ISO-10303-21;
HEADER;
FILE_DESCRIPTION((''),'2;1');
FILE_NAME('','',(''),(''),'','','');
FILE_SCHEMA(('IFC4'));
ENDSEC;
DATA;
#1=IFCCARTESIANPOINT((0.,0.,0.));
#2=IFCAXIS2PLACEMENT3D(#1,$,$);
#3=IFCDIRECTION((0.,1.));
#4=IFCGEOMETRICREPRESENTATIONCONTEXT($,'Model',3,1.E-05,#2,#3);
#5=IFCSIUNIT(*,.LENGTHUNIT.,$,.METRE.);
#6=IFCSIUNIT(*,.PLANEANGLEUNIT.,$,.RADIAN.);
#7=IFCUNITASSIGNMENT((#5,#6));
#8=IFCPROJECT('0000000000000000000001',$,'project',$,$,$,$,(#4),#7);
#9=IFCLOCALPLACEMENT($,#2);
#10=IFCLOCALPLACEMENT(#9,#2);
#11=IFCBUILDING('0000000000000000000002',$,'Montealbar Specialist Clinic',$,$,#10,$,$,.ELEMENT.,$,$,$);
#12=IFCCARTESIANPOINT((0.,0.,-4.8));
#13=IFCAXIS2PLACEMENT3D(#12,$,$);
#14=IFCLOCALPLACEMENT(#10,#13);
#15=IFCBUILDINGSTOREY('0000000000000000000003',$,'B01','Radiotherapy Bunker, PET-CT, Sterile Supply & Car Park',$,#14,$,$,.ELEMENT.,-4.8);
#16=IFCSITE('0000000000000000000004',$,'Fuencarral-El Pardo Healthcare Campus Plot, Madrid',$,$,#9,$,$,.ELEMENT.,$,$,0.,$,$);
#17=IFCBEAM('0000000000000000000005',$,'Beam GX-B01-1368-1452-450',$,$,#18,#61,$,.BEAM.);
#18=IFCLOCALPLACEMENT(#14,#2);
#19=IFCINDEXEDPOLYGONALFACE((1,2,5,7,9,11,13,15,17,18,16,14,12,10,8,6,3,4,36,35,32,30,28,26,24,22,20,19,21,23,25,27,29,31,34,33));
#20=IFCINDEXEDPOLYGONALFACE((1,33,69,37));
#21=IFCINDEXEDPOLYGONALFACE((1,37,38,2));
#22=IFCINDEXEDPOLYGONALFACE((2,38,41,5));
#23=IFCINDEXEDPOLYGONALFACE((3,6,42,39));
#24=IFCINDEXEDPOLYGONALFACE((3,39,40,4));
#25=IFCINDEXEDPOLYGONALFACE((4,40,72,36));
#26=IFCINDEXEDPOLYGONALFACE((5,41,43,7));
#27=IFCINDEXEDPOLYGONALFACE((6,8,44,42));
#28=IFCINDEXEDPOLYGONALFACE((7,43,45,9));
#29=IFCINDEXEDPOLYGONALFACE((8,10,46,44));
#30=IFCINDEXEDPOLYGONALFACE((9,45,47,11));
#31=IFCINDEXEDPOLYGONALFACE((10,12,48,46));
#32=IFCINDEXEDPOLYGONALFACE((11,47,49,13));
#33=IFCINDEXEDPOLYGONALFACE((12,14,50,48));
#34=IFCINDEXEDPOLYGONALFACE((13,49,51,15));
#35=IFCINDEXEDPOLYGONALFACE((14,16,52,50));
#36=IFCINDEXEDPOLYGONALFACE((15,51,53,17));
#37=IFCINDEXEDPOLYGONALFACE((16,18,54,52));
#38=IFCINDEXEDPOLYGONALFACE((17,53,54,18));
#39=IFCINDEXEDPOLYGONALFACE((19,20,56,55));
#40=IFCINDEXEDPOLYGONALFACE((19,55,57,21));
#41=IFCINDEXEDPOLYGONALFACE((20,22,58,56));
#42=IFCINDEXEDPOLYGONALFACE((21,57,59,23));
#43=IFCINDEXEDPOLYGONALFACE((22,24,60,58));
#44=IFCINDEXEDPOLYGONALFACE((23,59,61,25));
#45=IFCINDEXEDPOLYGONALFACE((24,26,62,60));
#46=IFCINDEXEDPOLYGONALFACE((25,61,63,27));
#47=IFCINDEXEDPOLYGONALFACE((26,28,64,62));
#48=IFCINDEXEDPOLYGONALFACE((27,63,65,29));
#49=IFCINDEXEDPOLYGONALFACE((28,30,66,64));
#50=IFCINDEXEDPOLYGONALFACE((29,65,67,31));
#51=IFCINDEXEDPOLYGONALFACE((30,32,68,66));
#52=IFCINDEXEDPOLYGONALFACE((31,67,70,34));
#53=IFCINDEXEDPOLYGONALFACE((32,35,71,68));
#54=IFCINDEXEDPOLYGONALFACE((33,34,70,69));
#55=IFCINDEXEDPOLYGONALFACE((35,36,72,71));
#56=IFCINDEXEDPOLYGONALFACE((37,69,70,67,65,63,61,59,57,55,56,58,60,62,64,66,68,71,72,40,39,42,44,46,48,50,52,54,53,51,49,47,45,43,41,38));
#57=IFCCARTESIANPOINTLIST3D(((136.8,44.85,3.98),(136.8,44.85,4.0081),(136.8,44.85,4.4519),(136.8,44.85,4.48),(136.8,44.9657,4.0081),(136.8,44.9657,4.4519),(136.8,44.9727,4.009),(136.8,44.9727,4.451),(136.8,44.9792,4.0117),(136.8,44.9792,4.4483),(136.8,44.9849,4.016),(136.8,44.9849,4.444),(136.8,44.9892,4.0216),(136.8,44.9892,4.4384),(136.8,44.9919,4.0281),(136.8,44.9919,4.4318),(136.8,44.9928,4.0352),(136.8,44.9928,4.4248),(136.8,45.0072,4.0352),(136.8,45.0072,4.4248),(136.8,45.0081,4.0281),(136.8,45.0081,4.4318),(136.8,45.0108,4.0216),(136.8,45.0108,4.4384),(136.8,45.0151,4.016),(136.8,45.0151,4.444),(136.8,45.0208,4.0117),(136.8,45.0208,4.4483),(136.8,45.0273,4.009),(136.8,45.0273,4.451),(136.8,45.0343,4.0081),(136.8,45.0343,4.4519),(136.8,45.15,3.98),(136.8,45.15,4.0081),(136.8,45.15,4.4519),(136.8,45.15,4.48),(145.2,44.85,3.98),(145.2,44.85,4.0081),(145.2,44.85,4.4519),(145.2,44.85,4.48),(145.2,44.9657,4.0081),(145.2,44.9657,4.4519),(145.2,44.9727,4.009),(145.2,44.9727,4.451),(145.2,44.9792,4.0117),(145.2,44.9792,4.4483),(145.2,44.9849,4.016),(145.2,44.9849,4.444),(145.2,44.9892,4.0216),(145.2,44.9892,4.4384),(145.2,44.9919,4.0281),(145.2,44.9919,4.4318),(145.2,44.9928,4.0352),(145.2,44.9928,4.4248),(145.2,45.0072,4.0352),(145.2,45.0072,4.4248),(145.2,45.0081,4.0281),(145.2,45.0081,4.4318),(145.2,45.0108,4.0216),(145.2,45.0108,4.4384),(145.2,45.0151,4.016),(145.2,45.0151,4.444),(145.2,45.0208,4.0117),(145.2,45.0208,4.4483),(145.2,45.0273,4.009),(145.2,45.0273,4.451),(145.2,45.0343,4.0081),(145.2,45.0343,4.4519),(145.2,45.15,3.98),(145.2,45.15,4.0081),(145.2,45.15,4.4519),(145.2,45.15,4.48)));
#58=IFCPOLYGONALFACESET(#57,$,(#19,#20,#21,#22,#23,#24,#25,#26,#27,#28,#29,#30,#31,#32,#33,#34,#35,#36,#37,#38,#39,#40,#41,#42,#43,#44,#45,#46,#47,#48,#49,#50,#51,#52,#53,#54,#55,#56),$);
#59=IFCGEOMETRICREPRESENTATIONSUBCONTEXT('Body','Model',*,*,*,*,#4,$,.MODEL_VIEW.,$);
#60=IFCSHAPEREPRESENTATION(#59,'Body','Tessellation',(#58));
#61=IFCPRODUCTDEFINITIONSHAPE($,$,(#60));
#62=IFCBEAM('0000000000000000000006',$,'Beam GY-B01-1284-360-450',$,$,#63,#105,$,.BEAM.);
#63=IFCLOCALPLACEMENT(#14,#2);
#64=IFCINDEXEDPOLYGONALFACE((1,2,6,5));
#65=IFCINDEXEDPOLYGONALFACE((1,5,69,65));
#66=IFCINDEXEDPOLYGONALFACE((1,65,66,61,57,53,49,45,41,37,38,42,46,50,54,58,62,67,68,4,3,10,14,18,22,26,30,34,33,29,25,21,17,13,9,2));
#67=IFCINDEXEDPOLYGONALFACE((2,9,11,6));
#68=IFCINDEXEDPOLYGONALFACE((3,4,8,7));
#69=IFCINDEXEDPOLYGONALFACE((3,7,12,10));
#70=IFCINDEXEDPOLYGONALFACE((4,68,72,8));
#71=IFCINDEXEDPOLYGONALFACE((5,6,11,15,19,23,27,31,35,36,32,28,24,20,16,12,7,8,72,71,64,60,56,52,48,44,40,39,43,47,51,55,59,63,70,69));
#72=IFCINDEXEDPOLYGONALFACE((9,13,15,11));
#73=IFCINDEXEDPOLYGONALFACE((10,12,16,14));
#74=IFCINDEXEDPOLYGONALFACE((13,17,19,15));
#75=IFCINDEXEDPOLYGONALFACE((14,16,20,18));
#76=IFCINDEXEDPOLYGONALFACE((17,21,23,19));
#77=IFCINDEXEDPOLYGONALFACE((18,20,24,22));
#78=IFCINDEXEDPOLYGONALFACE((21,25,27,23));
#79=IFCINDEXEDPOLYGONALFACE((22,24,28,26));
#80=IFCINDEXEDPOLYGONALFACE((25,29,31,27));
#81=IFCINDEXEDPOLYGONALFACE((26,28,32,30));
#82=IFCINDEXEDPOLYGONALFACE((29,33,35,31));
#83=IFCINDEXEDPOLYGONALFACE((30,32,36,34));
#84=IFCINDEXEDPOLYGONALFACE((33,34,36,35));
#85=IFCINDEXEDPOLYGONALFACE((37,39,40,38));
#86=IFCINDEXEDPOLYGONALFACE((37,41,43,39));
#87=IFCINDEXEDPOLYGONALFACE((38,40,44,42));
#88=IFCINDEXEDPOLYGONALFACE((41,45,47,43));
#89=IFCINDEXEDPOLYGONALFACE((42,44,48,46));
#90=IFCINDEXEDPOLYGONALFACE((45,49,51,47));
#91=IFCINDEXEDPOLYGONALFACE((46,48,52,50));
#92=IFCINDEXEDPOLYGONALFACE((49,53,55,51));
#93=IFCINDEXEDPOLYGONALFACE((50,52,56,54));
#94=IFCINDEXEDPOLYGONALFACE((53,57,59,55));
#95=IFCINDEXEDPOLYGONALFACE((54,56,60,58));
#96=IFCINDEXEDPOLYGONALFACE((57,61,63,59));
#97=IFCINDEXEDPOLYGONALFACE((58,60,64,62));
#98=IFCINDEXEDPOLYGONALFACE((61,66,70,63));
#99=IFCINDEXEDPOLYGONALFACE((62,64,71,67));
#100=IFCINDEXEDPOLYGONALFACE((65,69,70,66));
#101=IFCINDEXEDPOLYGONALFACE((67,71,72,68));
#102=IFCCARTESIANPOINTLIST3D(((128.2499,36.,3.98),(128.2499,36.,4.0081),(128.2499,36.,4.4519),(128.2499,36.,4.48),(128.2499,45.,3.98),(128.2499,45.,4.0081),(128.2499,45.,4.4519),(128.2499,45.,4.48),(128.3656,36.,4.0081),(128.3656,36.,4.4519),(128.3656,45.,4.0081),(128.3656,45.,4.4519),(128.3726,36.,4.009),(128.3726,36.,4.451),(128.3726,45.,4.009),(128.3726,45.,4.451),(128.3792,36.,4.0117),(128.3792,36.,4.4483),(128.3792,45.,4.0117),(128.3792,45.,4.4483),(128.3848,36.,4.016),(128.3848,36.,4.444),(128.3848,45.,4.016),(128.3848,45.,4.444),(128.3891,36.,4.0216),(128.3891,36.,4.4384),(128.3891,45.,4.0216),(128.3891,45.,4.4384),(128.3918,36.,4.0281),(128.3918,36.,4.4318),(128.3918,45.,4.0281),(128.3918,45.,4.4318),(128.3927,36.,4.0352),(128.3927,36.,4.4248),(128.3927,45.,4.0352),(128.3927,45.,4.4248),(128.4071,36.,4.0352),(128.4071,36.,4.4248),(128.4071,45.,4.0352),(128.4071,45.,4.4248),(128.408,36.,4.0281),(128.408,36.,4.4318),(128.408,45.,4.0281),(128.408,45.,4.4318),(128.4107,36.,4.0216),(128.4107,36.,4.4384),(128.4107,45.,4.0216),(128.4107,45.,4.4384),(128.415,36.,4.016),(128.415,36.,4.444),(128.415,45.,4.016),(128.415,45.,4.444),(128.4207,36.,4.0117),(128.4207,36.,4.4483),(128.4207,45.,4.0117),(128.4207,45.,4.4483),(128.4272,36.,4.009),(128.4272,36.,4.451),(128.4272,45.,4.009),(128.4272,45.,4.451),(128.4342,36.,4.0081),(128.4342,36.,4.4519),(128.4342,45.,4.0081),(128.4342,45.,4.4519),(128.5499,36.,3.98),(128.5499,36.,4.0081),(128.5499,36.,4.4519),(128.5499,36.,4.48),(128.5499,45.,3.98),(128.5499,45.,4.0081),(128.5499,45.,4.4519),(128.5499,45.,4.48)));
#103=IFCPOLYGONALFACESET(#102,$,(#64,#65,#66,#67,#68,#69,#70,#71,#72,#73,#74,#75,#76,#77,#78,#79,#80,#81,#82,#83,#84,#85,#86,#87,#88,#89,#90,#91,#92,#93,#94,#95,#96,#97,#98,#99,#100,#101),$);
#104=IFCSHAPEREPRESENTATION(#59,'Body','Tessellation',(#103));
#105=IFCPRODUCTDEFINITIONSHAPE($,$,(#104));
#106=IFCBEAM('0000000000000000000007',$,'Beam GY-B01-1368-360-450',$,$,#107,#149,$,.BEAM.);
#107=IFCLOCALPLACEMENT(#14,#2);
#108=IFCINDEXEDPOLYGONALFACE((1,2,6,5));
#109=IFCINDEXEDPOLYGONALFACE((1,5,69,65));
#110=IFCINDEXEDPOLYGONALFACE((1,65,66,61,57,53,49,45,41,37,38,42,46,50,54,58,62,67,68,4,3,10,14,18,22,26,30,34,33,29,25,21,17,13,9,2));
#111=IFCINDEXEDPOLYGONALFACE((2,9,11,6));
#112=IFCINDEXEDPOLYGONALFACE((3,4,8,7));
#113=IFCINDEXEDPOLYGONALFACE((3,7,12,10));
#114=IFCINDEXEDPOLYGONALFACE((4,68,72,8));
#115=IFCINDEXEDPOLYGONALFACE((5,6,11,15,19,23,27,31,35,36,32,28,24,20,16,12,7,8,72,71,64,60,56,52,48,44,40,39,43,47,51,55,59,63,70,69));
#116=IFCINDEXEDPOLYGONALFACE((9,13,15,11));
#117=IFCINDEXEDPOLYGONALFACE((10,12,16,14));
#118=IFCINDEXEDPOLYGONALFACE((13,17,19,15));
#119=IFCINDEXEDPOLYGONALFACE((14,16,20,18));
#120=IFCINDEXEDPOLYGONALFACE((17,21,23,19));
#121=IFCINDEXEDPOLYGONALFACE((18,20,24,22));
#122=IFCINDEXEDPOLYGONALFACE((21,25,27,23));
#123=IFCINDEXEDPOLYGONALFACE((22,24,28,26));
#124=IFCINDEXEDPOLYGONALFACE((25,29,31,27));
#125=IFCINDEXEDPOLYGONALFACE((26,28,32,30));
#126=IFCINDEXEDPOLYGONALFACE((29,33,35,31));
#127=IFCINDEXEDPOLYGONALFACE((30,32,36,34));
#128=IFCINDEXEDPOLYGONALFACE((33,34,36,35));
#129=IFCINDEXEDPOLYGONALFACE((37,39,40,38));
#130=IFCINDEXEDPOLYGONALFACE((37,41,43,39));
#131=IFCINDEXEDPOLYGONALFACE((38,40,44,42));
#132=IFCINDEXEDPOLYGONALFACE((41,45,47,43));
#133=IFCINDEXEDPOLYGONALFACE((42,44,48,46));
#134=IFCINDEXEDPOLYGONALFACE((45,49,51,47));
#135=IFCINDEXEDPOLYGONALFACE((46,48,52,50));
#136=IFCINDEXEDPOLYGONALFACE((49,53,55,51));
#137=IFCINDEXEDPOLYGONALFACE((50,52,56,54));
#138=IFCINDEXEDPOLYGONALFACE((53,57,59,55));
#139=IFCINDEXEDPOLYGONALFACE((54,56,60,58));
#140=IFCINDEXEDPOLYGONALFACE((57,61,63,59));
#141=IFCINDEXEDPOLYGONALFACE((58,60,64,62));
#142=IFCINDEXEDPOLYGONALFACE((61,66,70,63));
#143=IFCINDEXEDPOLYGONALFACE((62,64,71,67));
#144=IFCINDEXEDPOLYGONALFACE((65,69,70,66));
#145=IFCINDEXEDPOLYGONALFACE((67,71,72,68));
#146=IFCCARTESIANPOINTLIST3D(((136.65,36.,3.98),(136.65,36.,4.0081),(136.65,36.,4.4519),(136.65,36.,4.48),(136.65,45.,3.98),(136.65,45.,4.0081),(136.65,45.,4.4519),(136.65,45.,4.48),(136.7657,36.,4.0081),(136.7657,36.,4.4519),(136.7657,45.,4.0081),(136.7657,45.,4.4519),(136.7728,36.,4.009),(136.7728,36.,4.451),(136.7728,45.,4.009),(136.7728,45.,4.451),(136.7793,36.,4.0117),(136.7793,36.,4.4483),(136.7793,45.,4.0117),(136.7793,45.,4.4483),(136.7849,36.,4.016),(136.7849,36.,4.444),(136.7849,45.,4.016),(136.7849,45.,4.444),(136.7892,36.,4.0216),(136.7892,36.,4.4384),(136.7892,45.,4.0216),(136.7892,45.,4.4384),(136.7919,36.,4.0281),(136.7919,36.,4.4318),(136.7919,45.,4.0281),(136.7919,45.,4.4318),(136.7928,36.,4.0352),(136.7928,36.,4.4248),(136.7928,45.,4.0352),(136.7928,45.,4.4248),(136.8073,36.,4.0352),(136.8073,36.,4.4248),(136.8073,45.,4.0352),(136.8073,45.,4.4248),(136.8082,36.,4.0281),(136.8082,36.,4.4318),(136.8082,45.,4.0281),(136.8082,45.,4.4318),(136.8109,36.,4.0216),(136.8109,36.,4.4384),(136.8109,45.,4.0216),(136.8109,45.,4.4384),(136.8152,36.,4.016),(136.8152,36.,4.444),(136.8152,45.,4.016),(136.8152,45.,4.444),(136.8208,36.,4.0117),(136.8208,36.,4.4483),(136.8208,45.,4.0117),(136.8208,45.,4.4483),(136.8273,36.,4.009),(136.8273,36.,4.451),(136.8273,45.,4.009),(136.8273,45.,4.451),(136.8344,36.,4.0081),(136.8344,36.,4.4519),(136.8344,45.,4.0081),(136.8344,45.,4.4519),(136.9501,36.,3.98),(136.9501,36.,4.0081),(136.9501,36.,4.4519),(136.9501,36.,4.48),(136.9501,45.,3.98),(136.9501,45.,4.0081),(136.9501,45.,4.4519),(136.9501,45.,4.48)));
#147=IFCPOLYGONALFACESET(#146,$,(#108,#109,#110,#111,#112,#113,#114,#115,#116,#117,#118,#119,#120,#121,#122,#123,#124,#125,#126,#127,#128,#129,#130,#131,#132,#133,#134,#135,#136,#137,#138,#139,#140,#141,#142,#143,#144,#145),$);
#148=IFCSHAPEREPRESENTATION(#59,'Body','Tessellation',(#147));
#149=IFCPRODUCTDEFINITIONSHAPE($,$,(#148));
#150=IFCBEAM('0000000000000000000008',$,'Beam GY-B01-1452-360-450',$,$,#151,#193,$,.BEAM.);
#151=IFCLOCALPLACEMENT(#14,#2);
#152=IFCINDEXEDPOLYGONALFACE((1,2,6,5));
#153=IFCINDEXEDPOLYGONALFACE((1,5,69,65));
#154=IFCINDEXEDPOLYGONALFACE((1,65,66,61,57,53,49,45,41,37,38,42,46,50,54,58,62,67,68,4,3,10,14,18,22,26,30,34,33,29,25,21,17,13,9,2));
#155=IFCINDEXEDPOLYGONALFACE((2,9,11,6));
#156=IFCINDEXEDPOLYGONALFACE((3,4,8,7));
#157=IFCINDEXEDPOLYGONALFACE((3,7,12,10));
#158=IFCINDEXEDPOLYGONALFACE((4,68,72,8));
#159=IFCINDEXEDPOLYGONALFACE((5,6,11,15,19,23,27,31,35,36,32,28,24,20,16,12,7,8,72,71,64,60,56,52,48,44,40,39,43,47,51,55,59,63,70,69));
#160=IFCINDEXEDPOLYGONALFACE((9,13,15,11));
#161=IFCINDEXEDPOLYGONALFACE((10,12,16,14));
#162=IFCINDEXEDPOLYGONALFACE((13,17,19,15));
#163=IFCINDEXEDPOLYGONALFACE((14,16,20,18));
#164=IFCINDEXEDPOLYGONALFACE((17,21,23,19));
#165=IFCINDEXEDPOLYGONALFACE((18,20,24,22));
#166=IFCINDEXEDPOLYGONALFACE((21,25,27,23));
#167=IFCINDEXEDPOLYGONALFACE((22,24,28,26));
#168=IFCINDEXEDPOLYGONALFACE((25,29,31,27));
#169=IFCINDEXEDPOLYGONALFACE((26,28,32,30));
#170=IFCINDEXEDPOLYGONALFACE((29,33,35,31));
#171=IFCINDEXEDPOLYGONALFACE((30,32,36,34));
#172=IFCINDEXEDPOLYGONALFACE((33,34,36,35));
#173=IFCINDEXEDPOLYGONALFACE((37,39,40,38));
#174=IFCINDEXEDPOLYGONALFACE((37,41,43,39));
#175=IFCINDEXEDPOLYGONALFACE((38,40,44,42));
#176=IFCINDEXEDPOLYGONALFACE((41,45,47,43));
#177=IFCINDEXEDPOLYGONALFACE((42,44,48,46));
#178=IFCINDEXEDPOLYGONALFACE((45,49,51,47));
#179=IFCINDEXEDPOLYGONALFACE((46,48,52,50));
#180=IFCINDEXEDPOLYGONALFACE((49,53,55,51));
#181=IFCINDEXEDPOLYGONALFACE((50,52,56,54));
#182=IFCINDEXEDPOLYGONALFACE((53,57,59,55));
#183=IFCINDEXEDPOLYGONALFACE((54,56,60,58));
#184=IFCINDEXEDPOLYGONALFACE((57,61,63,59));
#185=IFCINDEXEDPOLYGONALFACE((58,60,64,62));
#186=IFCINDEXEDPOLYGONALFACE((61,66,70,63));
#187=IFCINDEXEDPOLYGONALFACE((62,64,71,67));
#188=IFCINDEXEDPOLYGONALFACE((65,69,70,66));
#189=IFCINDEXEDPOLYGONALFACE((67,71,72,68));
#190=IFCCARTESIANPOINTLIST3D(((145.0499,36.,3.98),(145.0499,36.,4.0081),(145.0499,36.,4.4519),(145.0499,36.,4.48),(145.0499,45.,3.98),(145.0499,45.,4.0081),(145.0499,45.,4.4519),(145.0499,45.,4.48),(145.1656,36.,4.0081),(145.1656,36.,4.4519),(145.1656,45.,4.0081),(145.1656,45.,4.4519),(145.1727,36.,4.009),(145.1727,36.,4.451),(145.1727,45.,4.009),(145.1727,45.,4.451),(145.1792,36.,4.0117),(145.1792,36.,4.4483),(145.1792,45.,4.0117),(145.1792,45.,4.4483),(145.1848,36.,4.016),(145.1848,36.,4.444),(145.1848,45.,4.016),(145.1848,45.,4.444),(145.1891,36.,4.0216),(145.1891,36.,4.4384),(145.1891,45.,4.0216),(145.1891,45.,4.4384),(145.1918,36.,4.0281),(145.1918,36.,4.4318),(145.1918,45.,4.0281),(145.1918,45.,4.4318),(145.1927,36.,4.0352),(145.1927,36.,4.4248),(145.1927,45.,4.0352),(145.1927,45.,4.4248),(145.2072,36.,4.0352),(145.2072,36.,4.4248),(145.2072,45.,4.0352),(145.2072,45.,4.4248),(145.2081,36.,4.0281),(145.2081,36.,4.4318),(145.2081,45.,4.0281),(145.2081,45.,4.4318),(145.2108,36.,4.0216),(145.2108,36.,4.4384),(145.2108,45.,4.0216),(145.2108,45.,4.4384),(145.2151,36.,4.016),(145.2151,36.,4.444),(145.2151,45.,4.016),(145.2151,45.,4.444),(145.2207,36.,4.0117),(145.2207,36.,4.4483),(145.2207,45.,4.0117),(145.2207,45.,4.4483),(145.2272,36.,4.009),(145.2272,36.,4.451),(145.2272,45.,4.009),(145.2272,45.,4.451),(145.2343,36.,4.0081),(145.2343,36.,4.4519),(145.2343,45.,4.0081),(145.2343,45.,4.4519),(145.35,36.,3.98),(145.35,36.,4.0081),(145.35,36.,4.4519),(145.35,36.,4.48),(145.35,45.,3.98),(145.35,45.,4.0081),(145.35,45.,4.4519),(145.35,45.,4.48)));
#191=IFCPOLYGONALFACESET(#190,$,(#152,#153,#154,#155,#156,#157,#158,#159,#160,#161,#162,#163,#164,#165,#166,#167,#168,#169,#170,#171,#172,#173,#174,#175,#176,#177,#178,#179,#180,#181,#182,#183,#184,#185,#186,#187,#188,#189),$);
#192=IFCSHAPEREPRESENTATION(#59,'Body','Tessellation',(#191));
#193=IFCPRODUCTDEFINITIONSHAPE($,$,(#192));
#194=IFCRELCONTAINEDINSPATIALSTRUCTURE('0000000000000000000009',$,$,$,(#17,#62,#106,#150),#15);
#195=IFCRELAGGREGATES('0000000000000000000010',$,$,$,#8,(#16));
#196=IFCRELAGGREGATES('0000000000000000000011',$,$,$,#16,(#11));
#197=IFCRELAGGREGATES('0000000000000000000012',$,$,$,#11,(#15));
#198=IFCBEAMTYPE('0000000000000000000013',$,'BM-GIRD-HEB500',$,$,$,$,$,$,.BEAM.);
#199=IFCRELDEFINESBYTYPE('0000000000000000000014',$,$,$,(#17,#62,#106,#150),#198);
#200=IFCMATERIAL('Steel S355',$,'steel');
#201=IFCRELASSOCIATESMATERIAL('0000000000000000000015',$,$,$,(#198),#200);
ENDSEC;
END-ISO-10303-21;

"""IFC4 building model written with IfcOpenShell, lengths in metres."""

from ifc_helpers import new_model, si_unit, direction, frame, origin, origin_2d, place, context, subcontext, project, spatial, i_section, extrude, material, material_profile, profile_set, type_object, element, save


model = new_model("IFC4")

# Units and contexts
model_context = context("Model", 3, precision=1e-05, world=origin(), true_north=direction((0.0, 1.0)))
body_context = subcontext(model_context, "Body", "Model", "MODEL_VIEW")
ifc_project = project(units=[si_unit("LENGTHUNIT", "METRE"), si_unit("PLANEANGLEUNIT", "RADIAN")], contexts=[model_context])

# Site, building, storey
site_placement = place(None, origin())
site = spatial("IfcSite", under=ifc_project, at=site_placement, Name="Fuencarral-El Pardo Healthcare Campus Plot, Madrid", CompositionType="ELEMENT", RefElevation=0.0)
building_placement = place(site_placement, origin())
building = spatial("IfcBuilding", under=site, at=building_placement, Name="Montealbar Specialist Clinic", CompositionType="ELEMENT")
storey_placement = place(building_placement, frame((0.0, 0.0, -4.8)))
storey = spatial("IfcBuildingStorey", under=building, at=storey_placement, Name="B01", Description="Radiotherapy Bunker, PET-CT, Sterile Supply & Car Park", CompositionType="ELEMENT", Elevation=-4.8)

# Shared definitions
ifc_material_1 = material(Name="Steel S355", Category="steel")

# Beams
ifc_material_profile_1 = material_profile(ifc_material_1, i_section(OverallWidth=0.3, OverallDepth=0.5, WebThickness=0.0144, FlangeThickness=0.0281, FilletRadius=0.0271, at=origin_2d()), Name="HEB 500", Category="steel")
ifc_profile_set_1 = profile_set([ifc_material_profile_1], Name="Steel S355")
beam_type_1 = type_object("IfcBeamType", Name="BM-GIRD-HEB500", PredefinedType="BEAM", material=ifc_profile_set_1)
beam_1_placement = place(storey_placement, frame((136.8, 45.0, 4.23), z_axis=(1.0, 0.0, 0.0), x_axis=(0.0, 1.0, 0.0)))
element("IfcBeam", 1, at=beam_1_placement, inside=storey, type_object=beam_type_1, Name="Beam GX-B01-1368-1452-450", PredefinedType="BEAM", context=body_context, shape_type="SweptSolid", body=[
    extrude(i_section(OverallWidth=0.3, OverallDepth=0.5, WebThickness=0.0144, FlangeThickness=0.0281, FilletRadius=0.0271, at=origin_2d()), origin(), (0.0, 0.0, 1.0), 8.3999),
])
for number, where, z_axis, x_axis, name in (
    (2, (128.3999, 36.0, 4.23), (0.0, 1.0, 0.0), (-1.0, 0.0, 0.0), "Beam GY-B01-1284-360-450"),
    (3, (136.8, 36.0, 4.23), (0.0, 1.0, 0.0), (-1.0, 0.0, 0.0), "Beam GY-B01-1368-360-450"),
    (4, (145.2, 36.0, 4.23), (0.0, 1.0, 0.0), (-1.0, 0.0, 0.0), "Beam GY-B01-1452-360-450"),
):
    element("IfcBeam", number, at=place(storey_placement, frame(where, z_axis=z_axis, x_axis=x_axis)), inside=storey, type_object=beam_type_1, Name=name, PredefinedType="BEAM", context=body_context, shape_type="SweptSolid", body=[
        extrude(i_section(OverallWidth=0.3, OverallDepth=0.5, WebThickness=0.0144, FlangeThickness=0.0281, FilletRadius=0.0271, at=origin_2d()), origin(), (0.0, 0.0, 1.0), 9.0),
    ])

save(model, "model.ifc")
